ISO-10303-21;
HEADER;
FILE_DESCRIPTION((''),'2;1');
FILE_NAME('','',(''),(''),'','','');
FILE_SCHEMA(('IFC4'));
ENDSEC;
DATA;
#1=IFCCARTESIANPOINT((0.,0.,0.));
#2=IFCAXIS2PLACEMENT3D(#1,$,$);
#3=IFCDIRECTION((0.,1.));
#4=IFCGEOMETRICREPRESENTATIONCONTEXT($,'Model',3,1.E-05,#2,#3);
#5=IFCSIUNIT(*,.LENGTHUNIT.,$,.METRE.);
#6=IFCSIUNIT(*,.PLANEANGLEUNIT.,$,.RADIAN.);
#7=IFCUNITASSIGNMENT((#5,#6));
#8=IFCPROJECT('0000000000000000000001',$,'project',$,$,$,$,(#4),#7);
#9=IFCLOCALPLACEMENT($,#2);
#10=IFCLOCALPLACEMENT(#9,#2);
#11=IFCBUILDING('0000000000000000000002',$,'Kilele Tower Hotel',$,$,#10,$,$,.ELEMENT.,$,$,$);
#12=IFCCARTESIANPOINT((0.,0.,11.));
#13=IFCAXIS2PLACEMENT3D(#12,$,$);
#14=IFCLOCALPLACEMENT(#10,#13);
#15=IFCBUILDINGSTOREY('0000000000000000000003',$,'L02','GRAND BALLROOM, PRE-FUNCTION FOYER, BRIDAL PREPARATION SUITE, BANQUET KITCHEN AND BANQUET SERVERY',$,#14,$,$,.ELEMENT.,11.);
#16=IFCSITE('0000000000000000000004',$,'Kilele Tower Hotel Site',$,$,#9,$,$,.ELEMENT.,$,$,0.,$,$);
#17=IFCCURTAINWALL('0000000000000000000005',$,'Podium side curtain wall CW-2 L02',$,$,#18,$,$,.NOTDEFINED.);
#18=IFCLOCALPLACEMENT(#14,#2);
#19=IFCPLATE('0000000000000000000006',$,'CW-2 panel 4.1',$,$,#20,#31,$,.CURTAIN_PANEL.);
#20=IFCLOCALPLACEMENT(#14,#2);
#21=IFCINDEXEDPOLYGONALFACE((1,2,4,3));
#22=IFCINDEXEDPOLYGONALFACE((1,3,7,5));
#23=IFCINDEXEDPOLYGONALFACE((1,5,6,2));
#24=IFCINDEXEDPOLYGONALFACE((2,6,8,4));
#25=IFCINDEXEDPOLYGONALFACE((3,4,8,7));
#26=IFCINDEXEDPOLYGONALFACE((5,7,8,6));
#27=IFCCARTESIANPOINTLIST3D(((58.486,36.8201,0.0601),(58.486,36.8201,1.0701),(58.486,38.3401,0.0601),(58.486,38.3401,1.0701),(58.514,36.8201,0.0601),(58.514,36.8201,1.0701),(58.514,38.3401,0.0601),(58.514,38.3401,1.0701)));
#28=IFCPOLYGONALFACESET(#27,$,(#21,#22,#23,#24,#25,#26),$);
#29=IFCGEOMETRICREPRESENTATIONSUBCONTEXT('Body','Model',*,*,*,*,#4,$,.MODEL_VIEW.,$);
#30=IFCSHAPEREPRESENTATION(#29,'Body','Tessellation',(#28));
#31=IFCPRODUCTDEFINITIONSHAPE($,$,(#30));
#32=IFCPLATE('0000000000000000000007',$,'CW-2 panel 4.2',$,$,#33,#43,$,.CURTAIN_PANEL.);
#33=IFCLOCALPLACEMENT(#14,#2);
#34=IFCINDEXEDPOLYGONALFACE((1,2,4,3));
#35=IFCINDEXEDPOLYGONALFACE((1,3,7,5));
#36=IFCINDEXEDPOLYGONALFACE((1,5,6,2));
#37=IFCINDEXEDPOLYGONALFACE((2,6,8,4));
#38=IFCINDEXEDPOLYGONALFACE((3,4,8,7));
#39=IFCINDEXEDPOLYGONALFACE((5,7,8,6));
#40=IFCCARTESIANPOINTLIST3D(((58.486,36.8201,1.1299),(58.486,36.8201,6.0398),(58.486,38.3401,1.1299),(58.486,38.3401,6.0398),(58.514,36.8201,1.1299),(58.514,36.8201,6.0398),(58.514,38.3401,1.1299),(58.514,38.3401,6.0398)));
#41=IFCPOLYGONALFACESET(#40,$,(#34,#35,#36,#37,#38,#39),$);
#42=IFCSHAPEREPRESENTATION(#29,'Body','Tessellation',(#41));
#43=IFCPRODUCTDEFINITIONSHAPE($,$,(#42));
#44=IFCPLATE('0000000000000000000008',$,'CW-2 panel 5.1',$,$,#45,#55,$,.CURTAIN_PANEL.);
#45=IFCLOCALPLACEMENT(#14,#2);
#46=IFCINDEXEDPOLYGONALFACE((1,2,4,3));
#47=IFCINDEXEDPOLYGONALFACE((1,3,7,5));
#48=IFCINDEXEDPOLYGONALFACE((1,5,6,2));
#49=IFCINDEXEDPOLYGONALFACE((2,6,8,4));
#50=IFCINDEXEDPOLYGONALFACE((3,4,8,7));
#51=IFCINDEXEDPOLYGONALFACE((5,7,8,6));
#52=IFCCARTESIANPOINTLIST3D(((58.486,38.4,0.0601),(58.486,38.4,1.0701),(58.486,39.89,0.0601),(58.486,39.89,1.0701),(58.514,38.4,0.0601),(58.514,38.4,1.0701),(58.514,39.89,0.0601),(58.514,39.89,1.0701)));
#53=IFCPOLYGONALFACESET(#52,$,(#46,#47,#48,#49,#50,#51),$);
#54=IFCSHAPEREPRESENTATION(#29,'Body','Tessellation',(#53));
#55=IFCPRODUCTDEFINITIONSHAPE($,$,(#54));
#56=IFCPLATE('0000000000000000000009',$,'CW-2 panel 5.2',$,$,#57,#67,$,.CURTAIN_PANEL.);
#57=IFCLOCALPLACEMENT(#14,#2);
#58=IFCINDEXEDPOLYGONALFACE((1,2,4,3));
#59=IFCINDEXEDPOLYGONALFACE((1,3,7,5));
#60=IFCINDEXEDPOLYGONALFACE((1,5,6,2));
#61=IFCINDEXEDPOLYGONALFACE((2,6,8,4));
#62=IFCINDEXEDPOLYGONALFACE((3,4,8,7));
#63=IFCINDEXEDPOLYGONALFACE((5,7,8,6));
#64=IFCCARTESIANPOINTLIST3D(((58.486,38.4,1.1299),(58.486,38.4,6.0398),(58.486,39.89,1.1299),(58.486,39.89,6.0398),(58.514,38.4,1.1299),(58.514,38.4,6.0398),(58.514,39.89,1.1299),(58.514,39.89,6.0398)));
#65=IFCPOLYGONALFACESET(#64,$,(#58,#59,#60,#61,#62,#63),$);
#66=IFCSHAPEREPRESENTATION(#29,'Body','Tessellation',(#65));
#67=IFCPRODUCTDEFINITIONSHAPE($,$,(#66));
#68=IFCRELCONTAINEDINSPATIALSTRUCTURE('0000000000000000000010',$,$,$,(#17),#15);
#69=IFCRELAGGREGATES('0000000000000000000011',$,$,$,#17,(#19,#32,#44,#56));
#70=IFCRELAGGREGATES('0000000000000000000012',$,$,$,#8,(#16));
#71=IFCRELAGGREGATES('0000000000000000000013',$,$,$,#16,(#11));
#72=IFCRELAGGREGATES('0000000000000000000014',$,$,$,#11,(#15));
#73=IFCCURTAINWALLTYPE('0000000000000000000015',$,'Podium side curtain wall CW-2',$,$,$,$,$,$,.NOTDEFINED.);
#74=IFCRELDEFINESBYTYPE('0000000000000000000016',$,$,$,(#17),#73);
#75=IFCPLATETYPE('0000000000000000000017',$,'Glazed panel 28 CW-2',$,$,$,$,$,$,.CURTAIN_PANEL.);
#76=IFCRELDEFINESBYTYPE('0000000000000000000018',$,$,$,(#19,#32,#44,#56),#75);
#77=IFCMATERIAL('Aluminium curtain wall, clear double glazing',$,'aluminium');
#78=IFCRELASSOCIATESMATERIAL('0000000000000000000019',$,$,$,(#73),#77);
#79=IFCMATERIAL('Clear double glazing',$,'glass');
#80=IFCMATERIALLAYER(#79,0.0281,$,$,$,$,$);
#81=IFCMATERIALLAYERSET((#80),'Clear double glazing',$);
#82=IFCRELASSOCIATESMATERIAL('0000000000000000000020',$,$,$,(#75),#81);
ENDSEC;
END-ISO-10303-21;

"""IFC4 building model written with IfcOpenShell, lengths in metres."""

from ifc_helpers import new_model, si_unit, direction, frame, origin, origin_2d, place, context, subcontext, project, spatial, rectangle, extrude, material, layer, layer_set, type_object, element, aggregate, save


model = new_model("IFC4")

# Units and contexts
model_context = context("Model", 3, precision=1e-05, world=origin(), true_north=direction((0.0, 1.0)))
body_context = subcontext(model_context, "Body", "Model", "MODEL_VIEW")
ifc_project = project(units=[si_unit("LENGTHUNIT", "METRE"), si_unit("PLANEANGLEUNIT", "RADIAN")], contexts=[model_context])

# Site, building, storey
site_placement = place(None, origin())
site = spatial("IfcSite", under=ifc_project, at=site_placement, Name="Kilele Tower Hotel Site", CompositionType="ELEMENT", RefElevation=0.0)
building_placement = place(site_placement, origin())
building = spatial("IfcBuilding", under=site, at=building_placement, Name="Kilele Tower Hotel", CompositionType="ELEMENT")
storey_placement = place(building_placement, frame((0.0, 0.0, 11.0)))
storey = spatial("IfcBuildingStorey", under=building, at=storey_placement, Name="L02", Description="GRAND BALLROOM, PRE-FUNCTION FOYER, BRIDAL PREPARATION SUITE, BANQUET KITCHEN AND BANQUET SERVERY", CompositionType="ELEMENT", Elevation=11.0)

# Curtain wall
ifc_material_1 = material(Name="Aluminium curtain wall, clear double glazing", Category="aluminium")
curtain_wall_type_1 = type_object("IfcCurtainWallType", Name="Podium side curtain wall CW-2", PredefinedType="NOTDEFINED", material=ifc_material_1)
curtain_wall_1_placement = place(storey_placement, origin())
curtain_wall_1 = element("IfcCurtainWall", 1, at=curtain_wall_1_placement, inside=storey, type_object=curtain_wall_type_1, Name="Podium side curtain wall CW-2 L02", PredefinedType="NOTDEFINED")

# Plates
ifc_material_2 = material(Name="Clear double glazing", Category="glass")
ifc_layer_1 = layer(ifc_material_2, 0.0281)
ifc_layer_set_1 = layer_set([ifc_layer_1], Name="Clear double glazing")
plate_type_1 = type_object("IfcPlateType", Name="Glazed panel 28 CW-2", PredefinedType="CURTAIN_PANEL", material=ifc_layer_set_1)
plate_1_placement = place(storey_placement, frame((58.5, 37.5801, 0.0601), z_axis=(0.0, 0.0, 1.0), x_axis=(0.0, 1.0, 0.0)))
plate_1 = element("IfcPlate", 2, at=plate_1_placement, type_object=plate_type_1, Name="CW-2 panel 4.1", PredefinedType="CURTAIN_PANEL", context=body_context, shape_type="SweptSolid", body=[
    extrude(rectangle(XDim=1.52, YDim=0.0281, at=origin_2d()), origin(), (0.0, 0.0, 1.0), 1.01),
])
plate_2_placement = place(storey_placement, frame((58.5, 37.5801, 1.1299), z_axis=(0.0, 0.0, 1.0), x_axis=(0.0, 1.0, 0.0)))
plate_2 = element("IfcPlate", 3, at=plate_2_placement, type_object=plate_type_1, Name="CW-2 panel 4.2", PredefinedType="CURTAIN_PANEL", context=body_context, shape_type="SweptSolid", body=[
    extrude(rectangle(XDim=1.52, YDim=0.0281, at=origin_2d()), origin(), (0.0, 0.0, 1.0), 4.9099),
])
plate_3_placement = place(storey_placement, frame((58.5, 39.145, 0.0601), z_axis=(0.0, 0.0, 1.0), x_axis=(0.0, 1.0, 0.0)))
plate_3 = element("IfcPlate", 4, at=plate_3_placement, type_object=plate_type_1, Name="CW-2 panel 5.1", PredefinedType="CURTAIN_PANEL", context=body_context, shape_type="SweptSolid", body=[
    extrude(rectangle(XDim=1.49, YDim=0.0281, at=origin_2d()), origin(), (0.0, 0.0, 1.0), 1.01),
])
plate_4_placement = place(storey_placement, frame((58.5, 39.145, 1.1299), z_axis=(0.0, 0.0, 1.0), x_axis=(0.0, 1.0, 0.0)))
plate_4 = element("IfcPlate", 5, at=plate_4_placement, type_object=plate_type_1, Name="CW-2 panel 5.2", PredefinedType="CURTAIN_PANEL", context=body_context, shape_type="SweptSolid", body=[
    extrude(rectangle(XDim=1.49, YDim=0.0281, at=origin_2d()), origin(), (0.0, 0.0, 1.0), 4.9099),
])
aggregate(curtain_wall_1, [plate_1, plate_2, plate_3, plate_4])

save(model, "model.ifc")
